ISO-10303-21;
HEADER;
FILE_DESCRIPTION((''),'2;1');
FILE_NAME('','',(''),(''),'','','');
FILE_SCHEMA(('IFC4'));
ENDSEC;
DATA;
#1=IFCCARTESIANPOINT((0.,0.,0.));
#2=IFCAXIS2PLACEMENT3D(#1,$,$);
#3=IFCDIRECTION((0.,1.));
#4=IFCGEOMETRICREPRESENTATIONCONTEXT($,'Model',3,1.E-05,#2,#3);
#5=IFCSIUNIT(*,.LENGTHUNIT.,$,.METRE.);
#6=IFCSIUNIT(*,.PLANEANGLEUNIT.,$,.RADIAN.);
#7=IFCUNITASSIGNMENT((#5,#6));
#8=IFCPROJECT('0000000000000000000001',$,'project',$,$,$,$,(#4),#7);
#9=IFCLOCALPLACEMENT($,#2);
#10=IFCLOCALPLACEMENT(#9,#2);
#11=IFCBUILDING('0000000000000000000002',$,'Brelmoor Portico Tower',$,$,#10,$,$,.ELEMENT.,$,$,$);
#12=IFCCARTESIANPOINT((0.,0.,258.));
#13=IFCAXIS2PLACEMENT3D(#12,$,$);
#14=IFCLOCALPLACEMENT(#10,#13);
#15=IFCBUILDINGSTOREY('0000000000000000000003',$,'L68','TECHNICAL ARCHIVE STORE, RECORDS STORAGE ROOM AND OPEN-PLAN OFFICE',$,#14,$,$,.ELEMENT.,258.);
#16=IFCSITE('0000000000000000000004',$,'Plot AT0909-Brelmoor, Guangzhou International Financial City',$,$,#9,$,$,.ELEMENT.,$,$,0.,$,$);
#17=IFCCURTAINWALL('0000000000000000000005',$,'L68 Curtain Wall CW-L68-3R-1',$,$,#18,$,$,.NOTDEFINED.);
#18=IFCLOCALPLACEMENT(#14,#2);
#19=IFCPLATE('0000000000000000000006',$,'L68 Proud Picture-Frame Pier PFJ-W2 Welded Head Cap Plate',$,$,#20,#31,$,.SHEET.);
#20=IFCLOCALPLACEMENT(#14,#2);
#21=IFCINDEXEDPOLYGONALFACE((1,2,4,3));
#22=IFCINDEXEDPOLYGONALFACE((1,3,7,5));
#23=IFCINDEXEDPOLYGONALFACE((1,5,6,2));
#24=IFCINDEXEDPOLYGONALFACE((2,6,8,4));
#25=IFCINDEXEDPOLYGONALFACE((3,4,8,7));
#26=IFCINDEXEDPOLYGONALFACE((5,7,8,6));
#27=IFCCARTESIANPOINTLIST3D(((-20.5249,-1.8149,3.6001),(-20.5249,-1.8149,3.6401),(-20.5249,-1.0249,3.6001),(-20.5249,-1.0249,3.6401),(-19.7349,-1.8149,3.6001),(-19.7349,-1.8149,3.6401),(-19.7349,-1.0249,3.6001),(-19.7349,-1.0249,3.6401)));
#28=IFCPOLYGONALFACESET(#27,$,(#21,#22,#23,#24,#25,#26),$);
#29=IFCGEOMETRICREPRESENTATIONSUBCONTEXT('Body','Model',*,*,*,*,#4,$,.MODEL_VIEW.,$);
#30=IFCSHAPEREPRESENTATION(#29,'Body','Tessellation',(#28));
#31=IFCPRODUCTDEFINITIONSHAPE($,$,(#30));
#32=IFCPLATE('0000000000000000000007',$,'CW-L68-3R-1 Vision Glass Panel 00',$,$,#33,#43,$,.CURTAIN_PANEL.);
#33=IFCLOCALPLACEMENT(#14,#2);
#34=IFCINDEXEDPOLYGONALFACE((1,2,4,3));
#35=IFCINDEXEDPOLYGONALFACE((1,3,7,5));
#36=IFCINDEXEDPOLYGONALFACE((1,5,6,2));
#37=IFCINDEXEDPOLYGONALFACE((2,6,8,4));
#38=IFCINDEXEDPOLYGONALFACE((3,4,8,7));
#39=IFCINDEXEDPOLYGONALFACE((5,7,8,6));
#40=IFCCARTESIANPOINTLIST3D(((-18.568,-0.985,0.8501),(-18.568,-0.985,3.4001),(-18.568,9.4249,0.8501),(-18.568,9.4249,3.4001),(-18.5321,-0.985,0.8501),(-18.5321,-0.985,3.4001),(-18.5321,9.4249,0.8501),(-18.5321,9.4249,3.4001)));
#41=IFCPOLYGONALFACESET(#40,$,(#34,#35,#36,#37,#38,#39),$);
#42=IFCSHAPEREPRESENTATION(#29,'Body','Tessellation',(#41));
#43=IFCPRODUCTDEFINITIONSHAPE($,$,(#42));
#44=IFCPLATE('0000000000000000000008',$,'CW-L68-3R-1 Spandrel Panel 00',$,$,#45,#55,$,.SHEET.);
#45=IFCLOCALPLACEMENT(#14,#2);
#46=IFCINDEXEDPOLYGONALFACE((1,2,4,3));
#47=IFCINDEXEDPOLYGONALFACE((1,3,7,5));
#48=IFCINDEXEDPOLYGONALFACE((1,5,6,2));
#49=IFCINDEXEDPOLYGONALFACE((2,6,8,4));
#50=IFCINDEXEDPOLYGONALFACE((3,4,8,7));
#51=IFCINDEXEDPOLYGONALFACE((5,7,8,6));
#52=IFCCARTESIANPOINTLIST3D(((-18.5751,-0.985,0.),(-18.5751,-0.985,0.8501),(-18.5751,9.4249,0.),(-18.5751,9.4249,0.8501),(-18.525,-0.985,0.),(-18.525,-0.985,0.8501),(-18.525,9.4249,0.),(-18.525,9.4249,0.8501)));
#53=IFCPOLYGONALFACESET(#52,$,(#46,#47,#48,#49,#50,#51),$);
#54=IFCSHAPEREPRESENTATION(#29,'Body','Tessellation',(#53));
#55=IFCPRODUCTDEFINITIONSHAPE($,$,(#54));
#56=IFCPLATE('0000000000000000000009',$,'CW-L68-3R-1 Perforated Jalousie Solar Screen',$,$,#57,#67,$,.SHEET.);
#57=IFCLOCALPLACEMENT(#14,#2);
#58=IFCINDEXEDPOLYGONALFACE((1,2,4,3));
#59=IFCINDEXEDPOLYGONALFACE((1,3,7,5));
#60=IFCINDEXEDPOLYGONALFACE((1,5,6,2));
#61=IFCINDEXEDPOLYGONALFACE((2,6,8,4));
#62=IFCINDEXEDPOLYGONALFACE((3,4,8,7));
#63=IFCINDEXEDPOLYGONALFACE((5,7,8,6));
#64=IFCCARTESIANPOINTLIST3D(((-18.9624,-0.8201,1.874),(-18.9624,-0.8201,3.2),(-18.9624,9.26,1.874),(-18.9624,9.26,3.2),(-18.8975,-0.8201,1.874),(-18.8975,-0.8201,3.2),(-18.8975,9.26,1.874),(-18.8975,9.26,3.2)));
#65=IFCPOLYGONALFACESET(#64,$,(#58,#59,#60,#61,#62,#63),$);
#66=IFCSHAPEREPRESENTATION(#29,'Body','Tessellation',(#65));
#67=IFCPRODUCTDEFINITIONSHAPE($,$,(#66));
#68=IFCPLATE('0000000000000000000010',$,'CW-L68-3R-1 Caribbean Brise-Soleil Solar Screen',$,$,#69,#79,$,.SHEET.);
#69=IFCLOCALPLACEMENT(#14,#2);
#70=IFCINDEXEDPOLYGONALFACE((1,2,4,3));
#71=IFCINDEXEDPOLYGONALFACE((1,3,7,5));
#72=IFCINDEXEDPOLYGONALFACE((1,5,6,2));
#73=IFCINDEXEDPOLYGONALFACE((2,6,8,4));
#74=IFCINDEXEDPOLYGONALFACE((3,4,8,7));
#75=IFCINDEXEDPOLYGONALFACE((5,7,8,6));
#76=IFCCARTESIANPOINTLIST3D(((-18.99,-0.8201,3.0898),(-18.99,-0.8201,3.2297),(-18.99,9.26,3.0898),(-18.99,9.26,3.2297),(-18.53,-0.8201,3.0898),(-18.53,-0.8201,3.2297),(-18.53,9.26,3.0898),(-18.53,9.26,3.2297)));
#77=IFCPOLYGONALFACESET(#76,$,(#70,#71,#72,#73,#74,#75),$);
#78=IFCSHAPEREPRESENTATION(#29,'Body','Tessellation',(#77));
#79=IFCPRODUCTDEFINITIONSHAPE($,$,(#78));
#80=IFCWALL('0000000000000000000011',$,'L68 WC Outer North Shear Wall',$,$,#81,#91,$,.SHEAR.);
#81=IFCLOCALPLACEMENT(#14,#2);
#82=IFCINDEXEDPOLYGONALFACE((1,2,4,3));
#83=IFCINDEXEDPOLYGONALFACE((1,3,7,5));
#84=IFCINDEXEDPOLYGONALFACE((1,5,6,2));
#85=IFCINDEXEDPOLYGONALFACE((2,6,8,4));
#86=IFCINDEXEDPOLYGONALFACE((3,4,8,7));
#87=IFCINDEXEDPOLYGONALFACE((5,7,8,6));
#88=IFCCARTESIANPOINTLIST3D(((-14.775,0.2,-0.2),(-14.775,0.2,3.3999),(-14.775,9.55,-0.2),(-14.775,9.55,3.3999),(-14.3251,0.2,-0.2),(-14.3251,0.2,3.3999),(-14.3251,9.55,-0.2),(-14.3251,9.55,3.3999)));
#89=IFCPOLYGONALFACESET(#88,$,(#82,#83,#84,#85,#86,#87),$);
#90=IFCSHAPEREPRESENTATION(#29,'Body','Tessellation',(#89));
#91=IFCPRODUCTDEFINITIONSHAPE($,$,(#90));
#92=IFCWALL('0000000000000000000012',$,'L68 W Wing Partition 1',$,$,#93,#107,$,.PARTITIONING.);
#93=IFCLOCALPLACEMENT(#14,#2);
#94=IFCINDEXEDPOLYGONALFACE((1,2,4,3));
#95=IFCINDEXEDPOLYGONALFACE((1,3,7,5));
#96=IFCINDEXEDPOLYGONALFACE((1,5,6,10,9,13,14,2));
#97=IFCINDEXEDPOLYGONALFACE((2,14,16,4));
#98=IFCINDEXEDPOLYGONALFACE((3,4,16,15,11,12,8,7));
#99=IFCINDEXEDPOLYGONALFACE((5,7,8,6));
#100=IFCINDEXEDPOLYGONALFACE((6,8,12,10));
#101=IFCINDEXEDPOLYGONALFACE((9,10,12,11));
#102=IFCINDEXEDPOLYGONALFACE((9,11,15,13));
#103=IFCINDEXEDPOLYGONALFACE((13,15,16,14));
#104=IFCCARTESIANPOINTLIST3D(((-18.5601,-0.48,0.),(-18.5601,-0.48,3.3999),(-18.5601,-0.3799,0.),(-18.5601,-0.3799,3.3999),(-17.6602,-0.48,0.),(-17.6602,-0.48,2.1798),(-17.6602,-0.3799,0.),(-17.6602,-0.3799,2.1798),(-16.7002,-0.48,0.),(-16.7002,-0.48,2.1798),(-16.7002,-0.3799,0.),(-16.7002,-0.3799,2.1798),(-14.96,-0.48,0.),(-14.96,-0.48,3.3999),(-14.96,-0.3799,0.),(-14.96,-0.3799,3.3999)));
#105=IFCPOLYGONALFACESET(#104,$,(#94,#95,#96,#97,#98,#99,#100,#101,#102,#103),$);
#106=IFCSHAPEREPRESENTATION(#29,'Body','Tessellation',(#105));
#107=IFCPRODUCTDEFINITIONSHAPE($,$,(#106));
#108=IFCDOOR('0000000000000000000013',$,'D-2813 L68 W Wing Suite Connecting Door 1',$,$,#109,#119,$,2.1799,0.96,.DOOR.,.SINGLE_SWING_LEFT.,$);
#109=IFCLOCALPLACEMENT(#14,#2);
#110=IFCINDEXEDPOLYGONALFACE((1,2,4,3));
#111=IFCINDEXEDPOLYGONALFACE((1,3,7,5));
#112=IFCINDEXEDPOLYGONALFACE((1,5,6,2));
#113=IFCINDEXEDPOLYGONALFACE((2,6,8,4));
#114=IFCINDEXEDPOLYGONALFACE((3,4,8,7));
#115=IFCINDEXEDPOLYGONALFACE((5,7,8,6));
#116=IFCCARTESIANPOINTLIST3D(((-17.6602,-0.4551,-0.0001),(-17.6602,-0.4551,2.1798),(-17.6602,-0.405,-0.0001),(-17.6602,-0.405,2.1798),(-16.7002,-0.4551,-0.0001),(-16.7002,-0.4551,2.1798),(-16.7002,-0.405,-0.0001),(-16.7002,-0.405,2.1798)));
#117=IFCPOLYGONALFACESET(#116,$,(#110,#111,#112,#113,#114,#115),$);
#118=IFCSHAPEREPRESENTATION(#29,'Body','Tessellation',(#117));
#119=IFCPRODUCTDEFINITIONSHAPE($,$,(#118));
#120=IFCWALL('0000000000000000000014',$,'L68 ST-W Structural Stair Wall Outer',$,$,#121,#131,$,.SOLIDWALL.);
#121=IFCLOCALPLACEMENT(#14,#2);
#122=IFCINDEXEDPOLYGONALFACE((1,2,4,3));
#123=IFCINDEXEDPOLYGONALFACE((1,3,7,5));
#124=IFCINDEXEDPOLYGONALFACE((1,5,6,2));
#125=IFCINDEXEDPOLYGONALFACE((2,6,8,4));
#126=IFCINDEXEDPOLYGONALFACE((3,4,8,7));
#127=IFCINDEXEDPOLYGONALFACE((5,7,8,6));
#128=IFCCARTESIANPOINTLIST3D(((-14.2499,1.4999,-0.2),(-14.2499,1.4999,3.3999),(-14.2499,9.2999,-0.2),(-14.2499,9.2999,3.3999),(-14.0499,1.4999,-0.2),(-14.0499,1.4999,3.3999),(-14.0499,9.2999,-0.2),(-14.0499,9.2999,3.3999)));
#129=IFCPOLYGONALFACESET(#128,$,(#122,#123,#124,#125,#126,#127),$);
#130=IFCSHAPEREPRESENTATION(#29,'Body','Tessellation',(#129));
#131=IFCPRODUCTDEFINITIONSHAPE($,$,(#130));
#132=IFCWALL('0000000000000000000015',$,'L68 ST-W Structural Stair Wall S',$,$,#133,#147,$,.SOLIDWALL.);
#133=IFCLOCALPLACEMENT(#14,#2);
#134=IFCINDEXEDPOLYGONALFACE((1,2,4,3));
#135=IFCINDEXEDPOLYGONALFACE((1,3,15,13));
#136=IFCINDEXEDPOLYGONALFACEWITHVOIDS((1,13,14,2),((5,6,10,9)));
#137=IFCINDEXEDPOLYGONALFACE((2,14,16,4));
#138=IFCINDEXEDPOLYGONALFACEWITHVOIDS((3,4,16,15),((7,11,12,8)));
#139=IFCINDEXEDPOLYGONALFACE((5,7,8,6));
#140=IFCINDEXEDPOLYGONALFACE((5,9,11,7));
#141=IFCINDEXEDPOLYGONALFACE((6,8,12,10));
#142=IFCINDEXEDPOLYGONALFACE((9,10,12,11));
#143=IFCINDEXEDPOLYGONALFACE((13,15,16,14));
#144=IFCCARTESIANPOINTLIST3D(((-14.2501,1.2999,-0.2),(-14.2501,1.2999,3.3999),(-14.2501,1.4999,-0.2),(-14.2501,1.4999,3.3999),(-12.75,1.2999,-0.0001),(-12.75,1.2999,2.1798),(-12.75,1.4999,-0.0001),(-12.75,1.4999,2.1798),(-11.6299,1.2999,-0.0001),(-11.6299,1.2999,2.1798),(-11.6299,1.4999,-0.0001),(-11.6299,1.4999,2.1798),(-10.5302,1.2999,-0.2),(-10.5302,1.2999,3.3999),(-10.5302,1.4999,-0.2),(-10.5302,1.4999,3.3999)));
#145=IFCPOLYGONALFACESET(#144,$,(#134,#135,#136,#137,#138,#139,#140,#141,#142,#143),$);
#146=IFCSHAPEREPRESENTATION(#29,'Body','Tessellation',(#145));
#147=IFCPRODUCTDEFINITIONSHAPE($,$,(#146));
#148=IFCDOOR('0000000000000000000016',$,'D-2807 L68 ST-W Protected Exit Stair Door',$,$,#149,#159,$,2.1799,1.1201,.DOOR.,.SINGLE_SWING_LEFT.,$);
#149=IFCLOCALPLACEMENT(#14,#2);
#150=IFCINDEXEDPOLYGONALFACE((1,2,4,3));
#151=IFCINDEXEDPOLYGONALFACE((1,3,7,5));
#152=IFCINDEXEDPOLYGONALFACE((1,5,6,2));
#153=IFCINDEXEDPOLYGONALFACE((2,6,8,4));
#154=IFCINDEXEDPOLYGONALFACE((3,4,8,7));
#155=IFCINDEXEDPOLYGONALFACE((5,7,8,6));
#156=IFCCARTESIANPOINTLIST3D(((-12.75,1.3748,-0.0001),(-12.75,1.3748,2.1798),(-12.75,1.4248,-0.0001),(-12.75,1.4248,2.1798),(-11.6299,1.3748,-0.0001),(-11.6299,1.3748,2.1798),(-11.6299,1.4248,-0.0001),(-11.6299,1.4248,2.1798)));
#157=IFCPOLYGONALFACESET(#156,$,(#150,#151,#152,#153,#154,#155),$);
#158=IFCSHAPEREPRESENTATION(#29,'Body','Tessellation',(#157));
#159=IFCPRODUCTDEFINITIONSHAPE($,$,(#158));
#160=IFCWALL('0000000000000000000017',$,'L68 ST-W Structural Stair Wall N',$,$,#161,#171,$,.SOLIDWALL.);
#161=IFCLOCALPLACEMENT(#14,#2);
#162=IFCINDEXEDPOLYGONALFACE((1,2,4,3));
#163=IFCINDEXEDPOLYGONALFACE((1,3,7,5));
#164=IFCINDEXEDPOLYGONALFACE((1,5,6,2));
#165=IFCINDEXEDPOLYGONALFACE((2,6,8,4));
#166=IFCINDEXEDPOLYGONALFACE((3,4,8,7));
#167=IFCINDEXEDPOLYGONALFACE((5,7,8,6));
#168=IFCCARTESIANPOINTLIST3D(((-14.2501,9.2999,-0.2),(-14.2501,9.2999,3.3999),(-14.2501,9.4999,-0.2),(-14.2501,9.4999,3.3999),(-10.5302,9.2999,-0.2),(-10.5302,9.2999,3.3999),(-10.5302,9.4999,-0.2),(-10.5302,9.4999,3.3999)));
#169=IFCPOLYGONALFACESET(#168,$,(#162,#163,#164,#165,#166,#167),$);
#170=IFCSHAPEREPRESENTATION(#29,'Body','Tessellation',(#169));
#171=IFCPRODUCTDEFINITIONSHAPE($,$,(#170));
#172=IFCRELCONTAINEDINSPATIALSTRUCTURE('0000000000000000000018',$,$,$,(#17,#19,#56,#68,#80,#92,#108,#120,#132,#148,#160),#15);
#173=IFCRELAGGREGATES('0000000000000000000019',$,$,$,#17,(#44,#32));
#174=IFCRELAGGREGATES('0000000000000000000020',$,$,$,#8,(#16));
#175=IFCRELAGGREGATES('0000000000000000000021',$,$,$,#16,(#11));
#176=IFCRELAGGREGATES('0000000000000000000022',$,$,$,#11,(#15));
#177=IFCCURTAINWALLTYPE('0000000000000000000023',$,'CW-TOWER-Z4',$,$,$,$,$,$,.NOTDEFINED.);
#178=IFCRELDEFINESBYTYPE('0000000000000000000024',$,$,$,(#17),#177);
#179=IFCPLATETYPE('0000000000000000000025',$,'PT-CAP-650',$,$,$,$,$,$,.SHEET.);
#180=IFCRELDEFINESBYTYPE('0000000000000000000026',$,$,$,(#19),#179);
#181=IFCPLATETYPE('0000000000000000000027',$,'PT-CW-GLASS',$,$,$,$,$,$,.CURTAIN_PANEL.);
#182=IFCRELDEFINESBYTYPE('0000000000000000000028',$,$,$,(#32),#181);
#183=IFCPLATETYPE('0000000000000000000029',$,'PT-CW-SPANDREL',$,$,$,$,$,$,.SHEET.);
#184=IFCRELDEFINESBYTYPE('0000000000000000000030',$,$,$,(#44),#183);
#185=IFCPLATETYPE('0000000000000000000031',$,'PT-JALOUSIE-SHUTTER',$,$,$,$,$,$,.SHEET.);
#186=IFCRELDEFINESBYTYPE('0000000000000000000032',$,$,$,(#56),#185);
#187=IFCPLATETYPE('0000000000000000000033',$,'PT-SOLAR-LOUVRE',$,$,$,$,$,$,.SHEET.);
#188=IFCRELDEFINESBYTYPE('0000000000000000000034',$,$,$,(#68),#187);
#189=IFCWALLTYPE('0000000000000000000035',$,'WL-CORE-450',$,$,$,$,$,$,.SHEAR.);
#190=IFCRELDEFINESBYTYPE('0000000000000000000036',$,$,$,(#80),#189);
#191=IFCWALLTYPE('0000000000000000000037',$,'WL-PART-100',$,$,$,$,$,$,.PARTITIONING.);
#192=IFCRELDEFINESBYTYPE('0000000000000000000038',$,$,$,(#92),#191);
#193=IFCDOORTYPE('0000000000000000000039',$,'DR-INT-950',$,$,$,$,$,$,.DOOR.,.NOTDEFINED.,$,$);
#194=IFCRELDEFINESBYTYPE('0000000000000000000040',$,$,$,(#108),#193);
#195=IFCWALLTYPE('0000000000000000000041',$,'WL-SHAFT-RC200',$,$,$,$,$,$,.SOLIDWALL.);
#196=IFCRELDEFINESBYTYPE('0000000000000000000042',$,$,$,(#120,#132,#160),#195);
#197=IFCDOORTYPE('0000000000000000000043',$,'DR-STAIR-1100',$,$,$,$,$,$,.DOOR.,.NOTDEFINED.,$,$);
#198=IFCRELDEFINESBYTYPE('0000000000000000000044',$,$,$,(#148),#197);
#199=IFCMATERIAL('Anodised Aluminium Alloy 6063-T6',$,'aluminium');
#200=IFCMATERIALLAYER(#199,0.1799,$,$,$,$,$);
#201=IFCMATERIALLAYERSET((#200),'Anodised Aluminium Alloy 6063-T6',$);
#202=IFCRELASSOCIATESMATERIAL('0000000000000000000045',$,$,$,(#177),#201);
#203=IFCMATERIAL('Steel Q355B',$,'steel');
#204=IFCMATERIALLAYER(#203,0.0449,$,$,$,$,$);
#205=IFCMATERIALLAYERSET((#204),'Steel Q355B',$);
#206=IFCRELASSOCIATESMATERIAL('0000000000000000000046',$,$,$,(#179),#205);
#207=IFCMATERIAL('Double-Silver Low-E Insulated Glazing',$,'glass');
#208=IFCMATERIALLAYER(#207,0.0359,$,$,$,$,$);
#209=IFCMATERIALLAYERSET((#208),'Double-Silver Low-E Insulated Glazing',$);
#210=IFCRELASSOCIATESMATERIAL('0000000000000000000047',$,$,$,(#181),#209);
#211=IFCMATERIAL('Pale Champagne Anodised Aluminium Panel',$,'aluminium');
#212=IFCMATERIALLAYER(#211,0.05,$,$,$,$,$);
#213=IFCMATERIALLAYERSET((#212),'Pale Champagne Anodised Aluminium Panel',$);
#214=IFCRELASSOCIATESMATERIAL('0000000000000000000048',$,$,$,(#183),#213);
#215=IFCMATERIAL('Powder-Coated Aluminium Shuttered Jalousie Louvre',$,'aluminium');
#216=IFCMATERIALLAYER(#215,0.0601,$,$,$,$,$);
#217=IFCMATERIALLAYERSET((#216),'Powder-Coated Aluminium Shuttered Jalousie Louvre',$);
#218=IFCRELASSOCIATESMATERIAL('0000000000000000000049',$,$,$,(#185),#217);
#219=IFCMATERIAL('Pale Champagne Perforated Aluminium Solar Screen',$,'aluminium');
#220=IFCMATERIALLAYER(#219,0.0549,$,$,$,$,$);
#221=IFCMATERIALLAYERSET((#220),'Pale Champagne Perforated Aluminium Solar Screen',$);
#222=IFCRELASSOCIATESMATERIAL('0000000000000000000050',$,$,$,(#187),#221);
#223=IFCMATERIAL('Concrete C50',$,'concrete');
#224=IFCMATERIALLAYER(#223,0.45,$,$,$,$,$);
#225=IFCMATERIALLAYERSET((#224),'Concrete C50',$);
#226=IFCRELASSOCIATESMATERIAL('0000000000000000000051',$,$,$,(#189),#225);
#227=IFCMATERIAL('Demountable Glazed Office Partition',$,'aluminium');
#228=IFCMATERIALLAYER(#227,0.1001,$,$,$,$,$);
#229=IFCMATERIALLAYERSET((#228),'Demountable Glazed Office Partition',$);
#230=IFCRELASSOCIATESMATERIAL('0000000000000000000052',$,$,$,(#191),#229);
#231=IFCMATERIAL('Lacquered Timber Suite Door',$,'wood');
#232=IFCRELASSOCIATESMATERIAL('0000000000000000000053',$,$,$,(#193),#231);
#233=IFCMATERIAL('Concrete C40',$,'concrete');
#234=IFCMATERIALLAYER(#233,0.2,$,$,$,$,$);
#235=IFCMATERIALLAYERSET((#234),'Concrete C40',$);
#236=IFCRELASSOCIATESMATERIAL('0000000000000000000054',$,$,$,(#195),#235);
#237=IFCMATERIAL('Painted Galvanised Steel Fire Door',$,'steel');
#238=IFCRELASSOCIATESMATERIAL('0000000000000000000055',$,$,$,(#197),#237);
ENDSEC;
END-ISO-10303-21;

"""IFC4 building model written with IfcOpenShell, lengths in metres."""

from ifc_helpers import new_model, si_unit, direction, frame, frame_2d, origin, origin_2d, place, context, subcontext, project, spatial, rectangle, extrude, material, layer, layer_set, type_object, element, fill, aggregate, save


model = new_model("IFC4")

# Units and contexts
model_context = context("Model", 3, precision=1e-05, world=origin(), true_north=direction((0.0, 1.0)))
body_context = subcontext(model_context, "Body", "Model", "MODEL_VIEW")
ifc_project = project(units=[si_unit("LENGTHUNIT", "METRE"), si_unit("PLANEANGLEUNIT", "RADIAN")], contexts=[model_context])

# Site, building, storey
site_placement = place(None, origin())
site = spatial("IfcSite", under=ifc_project, at=site_placement, Name="Plot AT0909-Brelmoor, Guangzhou International Financial City", CompositionType="ELEMENT", RefElevation=0.0)
building_placement = place(site_placement, origin())
building = spatial("IfcBuilding", under=site, at=building_placement, Name="Brelmoor Portico Tower", CompositionType="ELEMENT")
storey_placement = place(building_placement, frame((0.0, 0.0, 258.0)))
storey = spatial("IfcBuildingStorey", under=building, at=storey_placement, Name="L68", Description="TECHNICAL ARCHIVE STORE, RECORDS STORAGE ROOM AND OPEN-PLAN OFFICE", CompositionType="ELEMENT", Elevation=258.0)

# Shared definitions
ifc_material_1 = material(Name="Steel Q355B", Category="steel")

# Curtain wall
ifc_material_2 = material(Name="Anodised Aluminium Alloy 6063-T6", Category="aluminium")
ifc_layer_1 = layer(ifc_material_2, 0.1799)
ifc_layer_set_1 = layer_set([ifc_layer_1], Name="Anodised Aluminium Alloy 6063-T6")
curtain_wall_type = type_object("IfcCurtainWallType", Name="CW-TOWER-Z4", PredefinedType="NOTDEFINED", material=ifc_layer_set_1)
curtain_wall_placement = place(storey_placement, origin())
curtain_wall = element("IfcCurtainWall", 1, at=curtain_wall_placement, inside=storey, type_object=curtain_wall_type, Name="L68 Curtain Wall CW-L68-3R-1", PredefinedType="NOTDEFINED")

# Plates
ifc_layer_2 = layer(ifc_material_1, 0.0449)
ifc_layer_set_2 = layer_set([ifc_layer_2], Name="Steel Q355B")
plate_type_1 = type_object("IfcPlateType", Name="PT-CAP-650", PredefinedType="SHEET", material=ifc_layer_set_2)
plate_1_placement = place(storey_placement, frame((-20.1299, -1.4199, 3.6001), z_axis=(0.0, 0.0, 1.0), x_axis=(0.0, 1.0, 0.0)))
element("IfcPlate", 2, at=plate_1_placement, inside=storey, type_object=plate_type_1, Name="L68 Proud Picture-Frame Pier PFJ-W2 Welded Head Cap Plate", PredefinedType="SHEET", context=body_context, shape_type="SweptSolid", body=[
    extrude(rectangle(XDim=0.79, YDim=0.79, at=origin_2d()), origin(), (0.0, 0.0, 1.0), 0.04),
])
ifc_material_3 = material(Name="Double-Silver Low-E Insulated Glazing", Category="glass")
ifc_layer_3 = layer(ifc_material_3, 0.0359)
ifc_layer_set_3 = layer_set([ifc_layer_3], Name="Double-Silver Low-E Insulated Glazing")
plate_type_2 = type_object("IfcPlateType", Name="PT-CW-GLASS", PredefinedType="CURTAIN_PANEL", material=ifc_layer_set_3)
plate_2_placement = place(storey_placement, frame((-18.55, 4.22, 0.8501), z_axis=(0.0, 0.0, 1.0), x_axis=(0.0, 1.0, 0.0)))
plate_2 = element("IfcPlate", 3, at=plate_2_placement, type_object=plate_type_2, Name="CW-L68-3R-1 Vision Glass Panel 00", PredefinedType="CURTAIN_PANEL", context=body_context, shape_type="SweptSolid", body=[
    extrude(rectangle(XDim=10.4099, YDim=0.0359, at=origin_2d()), origin(), (0.0, 0.0, 1.0), 2.55),
])
ifc_material_4 = material(Name="Pale Champagne Anodised Aluminium Panel", Category="aluminium")
ifc_layer_4 = layer(ifc_material_4, 0.05)
ifc_layer_set_4 = layer_set([ifc_layer_4], Name="Pale Champagne Anodised Aluminium Panel")
plate_type_3 = type_object("IfcPlateType", Name="PT-CW-SPANDREL", PredefinedType="SHEET", material=ifc_layer_set_4)
plate_3_placement = place(storey_placement, frame((-18.55, 4.22, 0.0), z_axis=(0.0, 0.0, 1.0), x_axis=(0.0, 1.0, 0.0)))
plate_3 = element("IfcPlate", 4, at=plate_3_placement, type_object=plate_type_3, Name="CW-L68-3R-1 Spandrel Panel 00", PredefinedType="SHEET", context=body_context, shape_type="SweptSolid", body=[
    extrude(rectangle(XDim=10.4099, YDim=0.05, at=origin_2d()), origin(), (0.0, 0.0, 1.0), 0.8501),
])
aggregate(curtain_wall, [plate_3, plate_2])

# Plates
ifc_material_5 = material(Name="Powder-Coated Aluminium Shuttered Jalousie Louvre", Category="aluminium")
ifc_layer_5 = layer(ifc_material_5, 0.0601)
ifc_layer_set_5 = layer_set([ifc_layer_5], Name="Powder-Coated Aluminium Shuttered Jalousie Louvre")
plate_type_4 = type_object("IfcPlateType", Name="PT-JALOUSIE-SHUTTER", PredefinedType="SHEET", material=ifc_layer_set_5)
plate_4_placement = place(storey_placement, frame((-18.9299, 4.22, 1.874), z_axis=(0.0, 0.0, 1.0), x_axis=(0.0, 1.0, 0.0)))
element("IfcPlate", 5, at=plate_4_placement, inside=storey, type_object=plate_type_4, Name="CW-L68-3R-1 Perforated Jalousie Solar Screen", PredefinedType="SHEET", context=body_context, shape_type="SweptSolid", body=[
    extrude(rectangle(XDim=10.0801, YDim=0.0649, at=origin_2d()), origin(), (0.0, 0.0, 1.0), 1.3259),
])
ifc_material_6 = material(Name="Pale Champagne Perforated Aluminium Solar Screen", Category="aluminium")
ifc_layer_6 = layer(ifc_material_6, 0.0549)
ifc_layer_set_6 = layer_set([ifc_layer_6], Name="Pale Champagne Perforated Aluminium Solar Screen")
plate_type_5 = type_object("IfcPlateType", Name="PT-SOLAR-LOUVRE", PredefinedType="SHEET", material=ifc_layer_set_6)
plate_5_placement = place(storey_placement, frame((-18.76, 4.22, 3.0898), z_axis=(0.0, 0.0, 1.0), x_axis=(0.0, 1.0, 0.0)))
element("IfcPlate", 6, at=plate_5_placement, inside=storey, type_object=plate_type_5, Name="CW-L68-3R-1 Caribbean Brise-Soleil Solar Screen", PredefinedType="SHEET", context=body_context, shape_type="SweptSolid", body=[
    extrude(rectangle(XDim=10.0801, YDim=0.46, at=origin_2d()), origin(), (0.0, 0.0, 1.0), 0.1399),
])

# Wall
ifc_material_7 = material(Name="Concrete C50", Category="concrete")
ifc_layer_7 = layer(ifc_material_7, 0.45)
ifc_layer_set_7 = layer_set([ifc_layer_7], Name="Concrete C50")
wall_type_1 = type_object("IfcWallType", Name="WL-CORE-450", PredefinedType="SHEAR", material=ifc_layer_set_7)
wall_1_placement = place(storey_placement, frame((-14.55, 0.2, -0.2), z_axis=(0.0, 0.0, 1.0), x_axis=(0.0, 1.0, 0.0)))
element("IfcWall", 7, at=wall_1_placement, inside=storey, type_object=wall_type_1, Name="L68 WC Outer North Shear Wall", PredefinedType="SHEAR", context=body_context, shape_type="SweptSolid", body=[
    extrude(rectangle(XDim=9.3501, YDim=0.45, at=frame_2d((4.675, 0.0))), origin(), (0.0, 0.0, 1.0), 3.5999),
])

# Wall, opening, door
ifc_material_8 = material(Name="Demountable Glazed Office Partition", Category="aluminium")
ifc_layer_8 = layer(ifc_material_8, 0.1001)
ifc_layer_set_8 = layer_set([ifc_layer_8], Name="Demountable Glazed Office Partition")
wall_type_2 = type_object("IfcWallType", Name="WL-PART-100", PredefinedType="PARTITIONING", material=ifc_layer_set_8)
wall_2_placement = place(storey_placement, frame((-18.5601, -0.4299, 0.0), z_axis=(0.0, 0.0, 1.0), x_axis=(1.0, 0.0, 0.0)))
wall_2 = element("IfcWall", 8, at=wall_2_placement, inside=storey, type_object=wall_type_2, Name="L68 W Wing Partition 1", PredefinedType="PARTITIONING", context=body_context, shape_type="SweptSolid", body=[
    extrude(rectangle(XDim=3.6001, YDim=0.1001, at=frame_2d((1.8, 0.0))), origin(), (0.0, 0.0, 1.0), 3.3999),
])
opening_1_placement = place(wall_2_placement, frame((0.8999, 0.0, 0.0)))
opening_1 = element("IfcOpeningElement", 9, at=opening_1_placement, cuts=wall_2, PredefinedType="OPENING", context=body_context, shape_type="SweptSolid", body=[
    extrude(rectangle(XDim=0.96, YDim=2.1799, at=frame_2d((0.48, 1.0898))), frame((0.0, 0.0601, 0.0), z_axis=(0.0, -1.0, 0.0), x_axis=(1.0, 0.0, 0.0)), (0.0, 0.0, 1.0), 0.1201),
])
ifc_material_9 = material(Name="Lacquered Timber Suite Door", Category="wood")
door_type_1 = type_object("IfcDoorType", Name="DR-INT-950", OperationType="NOTDEFINED", PredefinedType="DOOR", material=ifc_material_9)
door_1_placement = place(opening_1_placement, origin())
door_1 = element("IfcDoor", 10, at=door_1_placement, inside=storey, type_object=door_type_1, Name="D-2813 L68 W Wing Suite Connecting Door 1", OperationType="SINGLE_SWING_LEFT", OverallHeight=2.1799, OverallWidth=0.96, PredefinedType="DOOR", context=body_context, shape_type="SweptSolid", body=[
    extrude(rectangle(XDim=0.96, YDim=2.1799, at=frame_2d((0.48, 1.0898))), frame((0.0, 0.0249, 0.0), z_axis=(0.0, -1.0, 0.0), x_axis=(1.0, 0.0, 0.0)), (0.0, 0.0, 1.0), 0.05),
])
fill(opening_1, door_1)

# Wall
ifc_material_10 = material(Name="Concrete C40", Category="concrete")
ifc_layer_9 = layer(ifc_material_10, 0.2)
ifc_layer_set_9 = layer_set([ifc_layer_9], Name="Concrete C40")
wall_type_3 = type_object("IfcWallType", Name="WL-SHAFT-RC200", PredefinedType="SOLIDWALL", material=ifc_layer_set_9)
wall_3_placement = place(storey_placement, frame((-14.1499, 1.5, -0.2), z_axis=(0.0, 0.0, 1.0), x_axis=(0.0, 1.0, 0.0)))
element("IfcWall", 11, at=wall_3_placement, inside=storey, type_object=wall_type_3, Name="L68 ST-W Structural Stair Wall Outer", PredefinedType="SOLIDWALL", context=body_context, shape_type="SweptSolid", body=[
    extrude(rectangle(XDim=7.8, YDim=0.2, at=frame_2d((3.8999, 0.0))), origin(), (0.0, 0.0, 1.0), 3.5999),
])

# Wall, opening, door
wall_4_placement = place(storey_placement, frame((-14.25, 1.3999, -0.2), z_axis=(0.0, 0.0, 1.0), x_axis=(1.0, 0.0, 0.0)))
wall_4 = element("IfcWall", 12, at=wall_4_placement, inside=storey, type_object=wall_type_3, Name="L68 ST-W Structural Stair Wall S", PredefinedType="SOLIDWALL", context=body_context, shape_type="SweptSolid", body=[
    extrude(rectangle(XDim=3.72, YDim=0.2, at=frame_2d((1.8599, 0.0))), origin(), (0.0, 0.0, 1.0), 3.5999),
])
opening_2_placement = place(wall_4_placement, frame((1.5, 0.0, 0.2)))
opening_2 = element("IfcOpeningElement", 13, at=opening_2_placement, cuts=wall_4, PredefinedType="OPENING", context=body_context, shape_type="SweptSolid", body=[
    extrude(rectangle(XDim=1.1201, YDim=2.1799, at=frame_2d((0.5601, 1.0898))), frame((0.0, 0.1099, 0.0), z_axis=(0.0, -1.0, 0.0), x_axis=(1.0, 0.0, 0.0)), (0.0, 0.0, 1.0), 0.22),
])
ifc_material_11 = material(Name="Painted Galvanised Steel Fire Door", Category="steel")
door_type_2 = type_object("IfcDoorType", Name="DR-STAIR-1100", OperationType="NOTDEFINED", PredefinedType="DOOR", material=ifc_material_11)
door_2_placement = place(opening_2_placement, origin())
door_2 = element("IfcDoor", 14, at=door_2_placement, inside=storey, type_object=door_type_2, Name="D-2807 L68 ST-W Protected Exit Stair Door", OperationType="SINGLE_SWING_LEFT", OverallHeight=2.1799, OverallWidth=1.1201, PredefinedType="DOOR", context=body_context, shape_type="SweptSolid", body=[
    extrude(rectangle(XDim=1.1201, YDim=2.1799, at=frame_2d((0.5601, 1.0898))), frame((0.0, 0.0249, 0.0), z_axis=(0.0, -1.0, 0.0), x_axis=(1.0, 0.0, 0.0)), (0.0, 0.0, 1.0), 0.05),
])
fill(opening_2, door_2)

# Wall
wall_5_placement = place(storey_placement, frame((-14.25, 9.3999, -0.2), z_axis=(0.0, 0.0, 1.0), x_axis=(1.0, 0.0, 0.0)))
element("IfcWall", 15, at=wall_5_placement, inside=storey, type_object=wall_type_3, Name="L68 ST-W Structural Stair Wall N", PredefinedType="SOLIDWALL", context=body_context, shape_type="SweptSolid", body=[
    extrude(rectangle(XDim=3.72, YDim=0.2, at=frame_2d((1.8599, 0.0))), origin(), (0.0, 0.0, 1.0), 3.5999),
])

save(model, "model.ifc")
